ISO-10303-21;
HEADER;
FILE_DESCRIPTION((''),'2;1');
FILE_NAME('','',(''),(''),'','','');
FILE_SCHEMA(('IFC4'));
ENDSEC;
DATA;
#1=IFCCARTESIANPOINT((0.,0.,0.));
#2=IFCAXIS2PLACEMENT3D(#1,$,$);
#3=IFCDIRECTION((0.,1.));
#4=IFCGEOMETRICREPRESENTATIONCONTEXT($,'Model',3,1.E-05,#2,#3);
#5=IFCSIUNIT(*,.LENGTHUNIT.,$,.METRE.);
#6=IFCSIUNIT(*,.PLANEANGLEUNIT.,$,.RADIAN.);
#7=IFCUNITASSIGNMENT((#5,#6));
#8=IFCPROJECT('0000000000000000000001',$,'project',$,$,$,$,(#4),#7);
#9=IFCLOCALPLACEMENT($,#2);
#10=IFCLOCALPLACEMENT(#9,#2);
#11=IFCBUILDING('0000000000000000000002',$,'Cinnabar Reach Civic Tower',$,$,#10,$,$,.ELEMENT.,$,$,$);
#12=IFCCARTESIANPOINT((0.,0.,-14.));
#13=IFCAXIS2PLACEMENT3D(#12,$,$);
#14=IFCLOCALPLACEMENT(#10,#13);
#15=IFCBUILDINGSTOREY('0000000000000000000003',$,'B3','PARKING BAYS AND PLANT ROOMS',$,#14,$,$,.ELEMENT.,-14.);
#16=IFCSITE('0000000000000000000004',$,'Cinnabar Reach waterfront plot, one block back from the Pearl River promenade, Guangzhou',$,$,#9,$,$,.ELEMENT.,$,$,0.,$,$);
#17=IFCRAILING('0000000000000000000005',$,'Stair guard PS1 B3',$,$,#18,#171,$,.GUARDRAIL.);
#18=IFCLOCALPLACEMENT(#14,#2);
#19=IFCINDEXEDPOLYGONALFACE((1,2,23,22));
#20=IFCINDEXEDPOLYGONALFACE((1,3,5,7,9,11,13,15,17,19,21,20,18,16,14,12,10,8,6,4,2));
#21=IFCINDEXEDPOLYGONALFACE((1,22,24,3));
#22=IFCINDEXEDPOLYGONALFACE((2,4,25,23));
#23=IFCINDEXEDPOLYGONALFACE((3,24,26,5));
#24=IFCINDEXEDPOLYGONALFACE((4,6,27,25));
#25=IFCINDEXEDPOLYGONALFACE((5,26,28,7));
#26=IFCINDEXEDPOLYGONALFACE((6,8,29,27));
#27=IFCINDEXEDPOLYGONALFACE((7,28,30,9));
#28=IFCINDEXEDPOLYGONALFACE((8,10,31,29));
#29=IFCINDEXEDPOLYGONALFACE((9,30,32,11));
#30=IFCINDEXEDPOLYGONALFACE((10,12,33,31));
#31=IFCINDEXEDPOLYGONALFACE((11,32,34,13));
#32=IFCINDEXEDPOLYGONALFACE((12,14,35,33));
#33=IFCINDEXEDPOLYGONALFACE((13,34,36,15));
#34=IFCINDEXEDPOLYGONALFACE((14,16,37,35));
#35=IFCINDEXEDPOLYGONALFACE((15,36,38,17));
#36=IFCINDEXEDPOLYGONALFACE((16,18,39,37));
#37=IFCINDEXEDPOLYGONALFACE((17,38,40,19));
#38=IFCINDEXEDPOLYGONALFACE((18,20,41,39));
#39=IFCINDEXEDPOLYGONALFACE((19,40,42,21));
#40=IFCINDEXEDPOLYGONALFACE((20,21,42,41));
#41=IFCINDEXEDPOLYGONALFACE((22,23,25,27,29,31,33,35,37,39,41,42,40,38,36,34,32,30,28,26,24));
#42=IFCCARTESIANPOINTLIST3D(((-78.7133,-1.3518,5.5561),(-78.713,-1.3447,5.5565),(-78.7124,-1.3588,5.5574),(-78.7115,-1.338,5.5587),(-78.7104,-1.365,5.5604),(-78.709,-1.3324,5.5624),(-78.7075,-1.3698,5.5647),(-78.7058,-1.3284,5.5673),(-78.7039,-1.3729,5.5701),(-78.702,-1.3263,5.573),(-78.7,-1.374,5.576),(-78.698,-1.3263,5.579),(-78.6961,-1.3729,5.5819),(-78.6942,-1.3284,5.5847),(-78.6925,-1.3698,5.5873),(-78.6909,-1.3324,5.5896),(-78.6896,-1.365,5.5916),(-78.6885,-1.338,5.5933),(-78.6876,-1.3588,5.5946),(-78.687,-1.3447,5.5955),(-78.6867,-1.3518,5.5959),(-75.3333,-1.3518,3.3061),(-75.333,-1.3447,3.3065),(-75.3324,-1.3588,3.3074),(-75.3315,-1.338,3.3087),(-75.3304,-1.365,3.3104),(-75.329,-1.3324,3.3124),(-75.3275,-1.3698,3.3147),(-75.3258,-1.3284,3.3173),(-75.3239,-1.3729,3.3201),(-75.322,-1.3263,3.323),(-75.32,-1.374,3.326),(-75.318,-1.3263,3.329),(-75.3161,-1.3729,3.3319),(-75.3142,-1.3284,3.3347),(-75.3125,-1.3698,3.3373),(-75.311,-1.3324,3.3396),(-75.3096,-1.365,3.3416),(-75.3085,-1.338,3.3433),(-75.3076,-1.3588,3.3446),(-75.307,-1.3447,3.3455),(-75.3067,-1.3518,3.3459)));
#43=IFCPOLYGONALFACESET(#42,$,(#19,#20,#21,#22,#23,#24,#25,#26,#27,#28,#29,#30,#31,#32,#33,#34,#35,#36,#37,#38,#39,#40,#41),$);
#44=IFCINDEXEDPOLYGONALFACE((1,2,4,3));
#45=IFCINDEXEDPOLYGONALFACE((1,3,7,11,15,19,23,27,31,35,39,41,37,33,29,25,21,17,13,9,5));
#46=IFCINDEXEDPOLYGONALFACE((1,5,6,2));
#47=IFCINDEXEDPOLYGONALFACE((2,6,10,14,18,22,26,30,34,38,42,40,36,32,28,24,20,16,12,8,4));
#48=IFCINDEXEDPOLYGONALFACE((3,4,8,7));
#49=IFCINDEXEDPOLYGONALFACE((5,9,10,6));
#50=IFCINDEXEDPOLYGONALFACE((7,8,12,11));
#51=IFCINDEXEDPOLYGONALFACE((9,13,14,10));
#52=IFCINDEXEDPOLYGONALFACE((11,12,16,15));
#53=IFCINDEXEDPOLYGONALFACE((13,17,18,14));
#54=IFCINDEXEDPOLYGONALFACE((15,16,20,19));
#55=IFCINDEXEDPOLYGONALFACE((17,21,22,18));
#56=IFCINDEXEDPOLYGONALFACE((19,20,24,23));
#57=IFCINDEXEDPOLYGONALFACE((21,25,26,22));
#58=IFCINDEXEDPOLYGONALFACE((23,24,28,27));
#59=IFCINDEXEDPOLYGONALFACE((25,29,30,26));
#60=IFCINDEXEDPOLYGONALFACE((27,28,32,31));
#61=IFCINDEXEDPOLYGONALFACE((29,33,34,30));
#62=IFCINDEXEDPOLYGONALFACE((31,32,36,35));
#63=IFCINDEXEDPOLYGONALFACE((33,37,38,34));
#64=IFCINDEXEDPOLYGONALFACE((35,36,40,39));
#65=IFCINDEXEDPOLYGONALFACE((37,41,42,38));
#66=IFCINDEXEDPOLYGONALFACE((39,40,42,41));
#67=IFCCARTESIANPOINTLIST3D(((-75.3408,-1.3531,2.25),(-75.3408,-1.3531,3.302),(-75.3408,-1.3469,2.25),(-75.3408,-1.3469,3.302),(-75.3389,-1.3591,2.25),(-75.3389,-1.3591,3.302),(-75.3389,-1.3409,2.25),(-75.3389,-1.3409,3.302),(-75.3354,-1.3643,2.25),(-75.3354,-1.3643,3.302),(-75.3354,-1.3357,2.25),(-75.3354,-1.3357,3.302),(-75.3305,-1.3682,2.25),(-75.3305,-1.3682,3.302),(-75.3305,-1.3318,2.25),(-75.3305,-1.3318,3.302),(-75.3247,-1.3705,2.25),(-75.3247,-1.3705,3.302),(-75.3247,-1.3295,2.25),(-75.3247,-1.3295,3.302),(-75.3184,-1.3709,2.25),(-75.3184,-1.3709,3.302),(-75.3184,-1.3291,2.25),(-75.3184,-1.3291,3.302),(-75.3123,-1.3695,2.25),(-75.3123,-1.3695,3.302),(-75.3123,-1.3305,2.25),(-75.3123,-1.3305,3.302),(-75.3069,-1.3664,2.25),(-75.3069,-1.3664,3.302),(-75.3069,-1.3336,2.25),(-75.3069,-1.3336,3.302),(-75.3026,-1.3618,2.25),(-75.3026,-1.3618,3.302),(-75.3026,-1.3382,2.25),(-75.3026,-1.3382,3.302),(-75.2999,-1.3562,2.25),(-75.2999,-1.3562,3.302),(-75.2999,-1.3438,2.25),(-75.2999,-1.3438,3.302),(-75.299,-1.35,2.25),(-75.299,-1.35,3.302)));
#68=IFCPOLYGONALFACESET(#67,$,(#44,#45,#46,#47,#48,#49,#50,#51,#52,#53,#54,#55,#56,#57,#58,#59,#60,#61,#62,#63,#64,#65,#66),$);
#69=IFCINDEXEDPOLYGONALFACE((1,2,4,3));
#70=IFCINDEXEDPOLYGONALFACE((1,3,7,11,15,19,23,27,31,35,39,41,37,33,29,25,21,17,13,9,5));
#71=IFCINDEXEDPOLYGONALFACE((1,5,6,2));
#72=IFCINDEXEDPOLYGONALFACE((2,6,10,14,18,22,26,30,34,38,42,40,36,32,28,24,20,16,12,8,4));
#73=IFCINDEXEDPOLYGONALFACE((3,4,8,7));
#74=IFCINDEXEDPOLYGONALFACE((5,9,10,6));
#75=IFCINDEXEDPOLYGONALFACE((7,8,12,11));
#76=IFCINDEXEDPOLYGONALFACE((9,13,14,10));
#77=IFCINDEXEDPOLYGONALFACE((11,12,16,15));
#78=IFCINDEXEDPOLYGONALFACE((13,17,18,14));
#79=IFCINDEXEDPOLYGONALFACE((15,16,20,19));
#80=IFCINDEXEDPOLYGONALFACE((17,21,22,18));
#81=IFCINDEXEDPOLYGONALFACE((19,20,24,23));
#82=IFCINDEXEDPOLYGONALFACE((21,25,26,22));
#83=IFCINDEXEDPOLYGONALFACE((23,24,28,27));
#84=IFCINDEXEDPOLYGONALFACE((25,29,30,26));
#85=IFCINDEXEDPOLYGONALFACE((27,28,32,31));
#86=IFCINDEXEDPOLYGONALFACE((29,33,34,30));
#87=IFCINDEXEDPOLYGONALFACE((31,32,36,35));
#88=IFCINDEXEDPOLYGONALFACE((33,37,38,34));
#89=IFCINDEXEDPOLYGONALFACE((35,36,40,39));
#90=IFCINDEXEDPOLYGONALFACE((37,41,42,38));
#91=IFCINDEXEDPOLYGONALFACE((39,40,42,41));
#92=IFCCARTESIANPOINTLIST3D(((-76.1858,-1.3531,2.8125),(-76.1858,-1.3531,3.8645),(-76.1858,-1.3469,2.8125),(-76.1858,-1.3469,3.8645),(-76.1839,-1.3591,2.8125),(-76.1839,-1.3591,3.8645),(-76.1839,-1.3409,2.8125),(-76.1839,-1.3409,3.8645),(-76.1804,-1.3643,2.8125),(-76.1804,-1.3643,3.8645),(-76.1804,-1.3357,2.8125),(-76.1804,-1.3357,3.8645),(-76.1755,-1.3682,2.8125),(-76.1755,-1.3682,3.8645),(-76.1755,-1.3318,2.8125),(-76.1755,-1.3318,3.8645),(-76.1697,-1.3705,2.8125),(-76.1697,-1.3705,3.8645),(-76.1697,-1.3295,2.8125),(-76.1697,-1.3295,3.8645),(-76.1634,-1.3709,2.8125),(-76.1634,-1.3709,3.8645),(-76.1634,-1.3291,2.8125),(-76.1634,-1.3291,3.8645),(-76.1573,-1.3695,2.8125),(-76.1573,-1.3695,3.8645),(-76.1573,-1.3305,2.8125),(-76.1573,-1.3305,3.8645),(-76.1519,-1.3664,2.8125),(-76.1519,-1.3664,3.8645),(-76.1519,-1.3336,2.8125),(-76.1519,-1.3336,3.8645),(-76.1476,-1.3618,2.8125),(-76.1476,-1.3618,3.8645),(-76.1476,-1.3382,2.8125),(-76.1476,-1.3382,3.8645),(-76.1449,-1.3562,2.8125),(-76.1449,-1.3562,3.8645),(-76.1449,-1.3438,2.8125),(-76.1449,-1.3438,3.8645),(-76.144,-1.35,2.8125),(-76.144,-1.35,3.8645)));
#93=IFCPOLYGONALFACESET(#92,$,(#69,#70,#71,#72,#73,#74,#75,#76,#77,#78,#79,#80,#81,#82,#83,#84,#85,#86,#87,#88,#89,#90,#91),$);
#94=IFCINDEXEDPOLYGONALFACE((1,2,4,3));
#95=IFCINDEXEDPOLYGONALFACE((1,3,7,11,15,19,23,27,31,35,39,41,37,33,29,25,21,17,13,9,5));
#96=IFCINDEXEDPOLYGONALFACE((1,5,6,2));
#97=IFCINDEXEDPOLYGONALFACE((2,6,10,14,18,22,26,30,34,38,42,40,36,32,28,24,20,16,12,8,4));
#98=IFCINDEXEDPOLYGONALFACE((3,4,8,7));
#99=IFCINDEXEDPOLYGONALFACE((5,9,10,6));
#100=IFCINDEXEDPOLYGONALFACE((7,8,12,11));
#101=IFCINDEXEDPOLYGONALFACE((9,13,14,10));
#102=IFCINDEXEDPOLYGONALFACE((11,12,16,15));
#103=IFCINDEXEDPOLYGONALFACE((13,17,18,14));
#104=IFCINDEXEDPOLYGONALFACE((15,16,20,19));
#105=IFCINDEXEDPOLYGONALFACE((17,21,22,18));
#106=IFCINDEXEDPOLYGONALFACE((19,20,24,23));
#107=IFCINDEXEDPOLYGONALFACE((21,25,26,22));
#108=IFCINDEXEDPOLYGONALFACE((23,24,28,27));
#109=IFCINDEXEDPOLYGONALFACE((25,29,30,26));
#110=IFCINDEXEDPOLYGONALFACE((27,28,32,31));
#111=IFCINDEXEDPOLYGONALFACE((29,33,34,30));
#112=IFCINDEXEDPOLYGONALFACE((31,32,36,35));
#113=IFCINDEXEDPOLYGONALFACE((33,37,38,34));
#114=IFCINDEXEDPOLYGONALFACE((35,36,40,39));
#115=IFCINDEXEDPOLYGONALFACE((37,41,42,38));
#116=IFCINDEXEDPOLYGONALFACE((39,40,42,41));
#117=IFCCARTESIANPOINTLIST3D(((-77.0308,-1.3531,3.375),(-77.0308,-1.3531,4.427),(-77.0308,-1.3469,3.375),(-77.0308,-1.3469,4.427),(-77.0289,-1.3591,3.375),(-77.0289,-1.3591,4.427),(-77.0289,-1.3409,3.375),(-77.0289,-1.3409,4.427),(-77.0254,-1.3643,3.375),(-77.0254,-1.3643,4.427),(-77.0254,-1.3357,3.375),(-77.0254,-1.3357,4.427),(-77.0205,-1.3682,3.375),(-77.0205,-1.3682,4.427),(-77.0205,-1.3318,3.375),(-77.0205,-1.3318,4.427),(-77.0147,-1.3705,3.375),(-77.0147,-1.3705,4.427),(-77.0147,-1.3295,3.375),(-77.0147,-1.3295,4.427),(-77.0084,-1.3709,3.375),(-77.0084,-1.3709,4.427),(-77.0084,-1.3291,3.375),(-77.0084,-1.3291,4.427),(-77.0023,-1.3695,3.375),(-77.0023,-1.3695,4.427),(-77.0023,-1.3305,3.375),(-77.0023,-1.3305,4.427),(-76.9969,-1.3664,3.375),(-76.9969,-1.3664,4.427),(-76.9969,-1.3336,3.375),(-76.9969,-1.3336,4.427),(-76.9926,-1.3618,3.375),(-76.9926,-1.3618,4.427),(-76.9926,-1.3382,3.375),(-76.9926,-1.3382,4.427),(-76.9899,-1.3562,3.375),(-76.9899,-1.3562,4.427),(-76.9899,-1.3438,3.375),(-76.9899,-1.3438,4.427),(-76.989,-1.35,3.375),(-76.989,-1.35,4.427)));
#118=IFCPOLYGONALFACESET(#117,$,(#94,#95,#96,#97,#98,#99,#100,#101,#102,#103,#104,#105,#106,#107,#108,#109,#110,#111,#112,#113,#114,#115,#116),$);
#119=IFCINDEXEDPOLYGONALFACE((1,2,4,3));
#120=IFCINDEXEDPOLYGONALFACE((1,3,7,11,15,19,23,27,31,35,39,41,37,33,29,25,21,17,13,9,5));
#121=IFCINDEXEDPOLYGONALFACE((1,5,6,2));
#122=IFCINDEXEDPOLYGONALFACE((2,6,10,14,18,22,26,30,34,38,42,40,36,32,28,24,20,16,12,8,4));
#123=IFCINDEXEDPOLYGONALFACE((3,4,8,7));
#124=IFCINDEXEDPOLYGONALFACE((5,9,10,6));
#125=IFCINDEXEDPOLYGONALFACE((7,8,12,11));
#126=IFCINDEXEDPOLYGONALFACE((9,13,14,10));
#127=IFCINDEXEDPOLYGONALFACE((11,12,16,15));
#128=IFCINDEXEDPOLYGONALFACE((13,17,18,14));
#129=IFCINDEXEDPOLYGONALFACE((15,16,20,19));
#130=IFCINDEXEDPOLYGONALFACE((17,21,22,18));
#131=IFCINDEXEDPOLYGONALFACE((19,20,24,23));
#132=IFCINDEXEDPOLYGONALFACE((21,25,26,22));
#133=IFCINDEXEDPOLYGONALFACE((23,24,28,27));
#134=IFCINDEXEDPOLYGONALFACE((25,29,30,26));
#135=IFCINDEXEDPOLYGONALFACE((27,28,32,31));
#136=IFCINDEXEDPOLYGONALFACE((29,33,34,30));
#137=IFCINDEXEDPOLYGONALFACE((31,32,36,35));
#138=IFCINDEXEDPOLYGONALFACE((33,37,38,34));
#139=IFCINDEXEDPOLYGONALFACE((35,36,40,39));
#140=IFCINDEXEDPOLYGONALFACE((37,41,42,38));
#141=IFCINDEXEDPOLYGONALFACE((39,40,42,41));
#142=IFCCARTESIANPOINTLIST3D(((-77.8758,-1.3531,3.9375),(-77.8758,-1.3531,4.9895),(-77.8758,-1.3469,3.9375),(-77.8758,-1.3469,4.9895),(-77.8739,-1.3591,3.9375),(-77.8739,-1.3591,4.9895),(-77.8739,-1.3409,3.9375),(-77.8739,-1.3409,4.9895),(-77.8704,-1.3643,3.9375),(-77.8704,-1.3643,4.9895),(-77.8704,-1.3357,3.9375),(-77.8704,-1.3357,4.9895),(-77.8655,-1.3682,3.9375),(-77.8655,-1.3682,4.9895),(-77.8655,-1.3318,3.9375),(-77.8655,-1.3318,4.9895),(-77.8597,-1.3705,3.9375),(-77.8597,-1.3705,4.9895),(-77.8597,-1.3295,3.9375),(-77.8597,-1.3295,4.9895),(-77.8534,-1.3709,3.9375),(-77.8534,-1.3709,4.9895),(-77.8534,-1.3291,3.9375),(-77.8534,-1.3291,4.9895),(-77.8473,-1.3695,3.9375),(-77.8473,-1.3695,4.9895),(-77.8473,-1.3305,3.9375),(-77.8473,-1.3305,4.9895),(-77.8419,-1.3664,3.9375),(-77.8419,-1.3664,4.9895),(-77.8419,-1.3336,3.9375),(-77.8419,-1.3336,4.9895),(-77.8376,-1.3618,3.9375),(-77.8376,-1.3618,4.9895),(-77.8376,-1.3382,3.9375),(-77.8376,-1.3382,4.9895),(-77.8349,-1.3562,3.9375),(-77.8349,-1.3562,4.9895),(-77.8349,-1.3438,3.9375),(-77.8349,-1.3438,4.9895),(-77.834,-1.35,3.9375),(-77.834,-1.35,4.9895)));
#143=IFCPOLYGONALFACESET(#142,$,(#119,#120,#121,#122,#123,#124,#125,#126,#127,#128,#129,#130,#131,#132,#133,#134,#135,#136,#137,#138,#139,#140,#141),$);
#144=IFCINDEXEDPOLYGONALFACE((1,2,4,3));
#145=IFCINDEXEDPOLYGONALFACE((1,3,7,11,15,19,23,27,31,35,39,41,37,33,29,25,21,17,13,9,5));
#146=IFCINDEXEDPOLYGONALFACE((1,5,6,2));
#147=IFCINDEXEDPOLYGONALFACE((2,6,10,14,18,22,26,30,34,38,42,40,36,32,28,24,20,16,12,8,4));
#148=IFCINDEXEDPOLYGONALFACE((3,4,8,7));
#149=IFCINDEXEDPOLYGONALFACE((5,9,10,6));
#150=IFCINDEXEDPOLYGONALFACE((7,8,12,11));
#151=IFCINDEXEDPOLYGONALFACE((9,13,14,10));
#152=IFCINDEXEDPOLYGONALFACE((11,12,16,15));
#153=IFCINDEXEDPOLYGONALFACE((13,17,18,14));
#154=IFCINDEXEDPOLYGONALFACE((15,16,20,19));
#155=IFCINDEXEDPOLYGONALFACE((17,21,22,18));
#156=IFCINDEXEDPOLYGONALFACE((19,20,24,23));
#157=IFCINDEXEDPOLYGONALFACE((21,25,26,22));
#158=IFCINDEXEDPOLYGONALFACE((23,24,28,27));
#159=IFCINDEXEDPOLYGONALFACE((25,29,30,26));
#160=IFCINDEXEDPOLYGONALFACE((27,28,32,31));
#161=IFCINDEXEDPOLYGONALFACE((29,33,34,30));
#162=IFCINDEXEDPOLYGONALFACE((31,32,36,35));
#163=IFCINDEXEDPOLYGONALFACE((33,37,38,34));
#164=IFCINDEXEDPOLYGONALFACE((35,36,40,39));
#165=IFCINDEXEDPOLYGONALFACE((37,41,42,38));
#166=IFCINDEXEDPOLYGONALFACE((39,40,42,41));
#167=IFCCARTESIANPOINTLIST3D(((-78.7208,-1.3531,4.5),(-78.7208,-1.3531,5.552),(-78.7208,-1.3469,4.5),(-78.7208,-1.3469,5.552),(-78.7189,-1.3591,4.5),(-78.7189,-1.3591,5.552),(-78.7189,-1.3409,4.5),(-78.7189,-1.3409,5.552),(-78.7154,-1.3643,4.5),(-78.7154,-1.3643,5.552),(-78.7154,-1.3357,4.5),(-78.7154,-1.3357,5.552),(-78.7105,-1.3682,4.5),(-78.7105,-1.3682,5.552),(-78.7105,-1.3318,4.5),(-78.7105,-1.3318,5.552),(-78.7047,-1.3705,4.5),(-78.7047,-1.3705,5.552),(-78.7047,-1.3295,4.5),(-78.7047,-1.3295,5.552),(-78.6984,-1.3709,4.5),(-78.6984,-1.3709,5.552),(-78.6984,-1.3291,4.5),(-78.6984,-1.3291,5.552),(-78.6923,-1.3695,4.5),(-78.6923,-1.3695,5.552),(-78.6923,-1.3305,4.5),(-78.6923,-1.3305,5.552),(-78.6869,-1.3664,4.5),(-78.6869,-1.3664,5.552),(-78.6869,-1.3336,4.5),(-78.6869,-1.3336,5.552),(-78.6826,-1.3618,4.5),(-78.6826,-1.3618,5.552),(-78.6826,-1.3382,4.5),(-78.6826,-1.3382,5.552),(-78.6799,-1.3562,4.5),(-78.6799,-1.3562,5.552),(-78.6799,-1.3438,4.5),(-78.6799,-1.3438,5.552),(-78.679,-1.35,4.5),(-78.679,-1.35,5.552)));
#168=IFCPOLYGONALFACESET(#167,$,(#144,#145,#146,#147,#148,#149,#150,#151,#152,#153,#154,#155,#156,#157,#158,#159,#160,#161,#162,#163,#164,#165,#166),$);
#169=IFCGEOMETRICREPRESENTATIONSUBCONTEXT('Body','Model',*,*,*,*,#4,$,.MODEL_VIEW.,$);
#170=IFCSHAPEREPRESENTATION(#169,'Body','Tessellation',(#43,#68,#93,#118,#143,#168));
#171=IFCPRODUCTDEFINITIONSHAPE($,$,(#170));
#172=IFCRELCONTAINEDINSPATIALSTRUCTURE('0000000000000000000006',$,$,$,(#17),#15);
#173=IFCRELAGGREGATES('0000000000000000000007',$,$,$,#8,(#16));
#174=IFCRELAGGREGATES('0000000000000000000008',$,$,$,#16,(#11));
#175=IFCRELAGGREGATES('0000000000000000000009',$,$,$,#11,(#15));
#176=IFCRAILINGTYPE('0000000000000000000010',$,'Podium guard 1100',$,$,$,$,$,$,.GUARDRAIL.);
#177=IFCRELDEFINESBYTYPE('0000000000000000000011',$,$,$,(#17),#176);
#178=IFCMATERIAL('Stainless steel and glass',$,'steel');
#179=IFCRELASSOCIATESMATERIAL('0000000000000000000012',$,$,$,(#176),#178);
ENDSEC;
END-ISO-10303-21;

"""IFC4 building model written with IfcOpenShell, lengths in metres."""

from ifc_helpers import new_model, si_unit, direction, frame, origin, origin_2d, place, context, subcontext, project, spatial, circle, extrude, material, type_object, element, save


model = new_model("IFC4")

# Units and contexts
model_context = context("Model", 3, precision=1e-05, world=origin(), true_north=direction((0.0, 1.0)))
body_context = subcontext(model_context, "Body", "Model", "MODEL_VIEW")
ifc_project = project(units=[si_unit("LENGTHUNIT", "METRE"), si_unit("PLANEANGLEUNIT", "RADIAN")], contexts=[model_context])

# Site, building, storey
site_placement = place(None, origin())
site = spatial("IfcSite", under=ifc_project, at=site_placement, Name="Cinnabar Reach waterfront plot, one block back from the Pearl River promenade, Guangzhou", CompositionType="ELEMENT", RefElevation=0.0)
building_placement = place(site_placement, origin())
building = spatial("IfcBuilding", under=site, at=building_placement, Name="Cinnabar Reach Civic Tower", CompositionType="ELEMENT")
storey_placement = place(building_placement, frame((0.0, 0.0, -14.0)))
storey = spatial("IfcBuildingStorey", under=building, at=storey_placement, Name="B3", Description="PARKING BAYS AND PLANT ROOMS", CompositionType="ELEMENT", Elevation=-14.0)

# Railing
ifc_material_1 = material(Name="Stainless steel and glass", Category="steel")
railing_type_1 = type_object("IfcRailingType", Name="Podium guard 1100", PredefinedType="GUARDRAIL", material=ifc_material_1)
railing_1_placement = place(storey_placement, frame((-75.32, -1.35, 2.25)))
element("IfcRailing", 1, at=railing_1_placement, inside=storey, type_object=railing_type_1, Name="Stair guard PS1 B3", PredefinedType="GUARDRAIL", context=body_context, shape_type="SweptSolid", body=[
    extrude(circle(Radius=0.024, at=origin_2d()), frame((0.0, 0.0, 1.076), z_axis=(-0.832429, 0.0, 0.554132), x_axis=(0.0, -1.0, 0.0)), (0.0, 0.0, 1.0), 4.0604),
    extrude(circle(Radius=0.021, at=origin_2d()), origin(), (0.0, 0.0, 1.0), 1.052),
    extrude(circle(Radius=0.021, at=origin_2d()), frame((-0.845, 0.0, 0.5625)), (0.0, 0.0, 1.0), 1.052),
    extrude(circle(Radius=0.021, at=origin_2d()), frame((-1.69, 0.0, 1.125)), (0.0, 0.0, 1.0), 1.052),
    extrude(circle(Radius=0.021, at=origin_2d()), frame((-2.535, 0.0, 1.6875)), (0.0, 0.0, 1.0), 1.052),
    extrude(circle(Radius=0.021, at=origin_2d()), frame((-3.38, 0.0, 2.25)), (0.0, 0.0, 1.0), 1.052),
])

save(model, "model.ifc")
